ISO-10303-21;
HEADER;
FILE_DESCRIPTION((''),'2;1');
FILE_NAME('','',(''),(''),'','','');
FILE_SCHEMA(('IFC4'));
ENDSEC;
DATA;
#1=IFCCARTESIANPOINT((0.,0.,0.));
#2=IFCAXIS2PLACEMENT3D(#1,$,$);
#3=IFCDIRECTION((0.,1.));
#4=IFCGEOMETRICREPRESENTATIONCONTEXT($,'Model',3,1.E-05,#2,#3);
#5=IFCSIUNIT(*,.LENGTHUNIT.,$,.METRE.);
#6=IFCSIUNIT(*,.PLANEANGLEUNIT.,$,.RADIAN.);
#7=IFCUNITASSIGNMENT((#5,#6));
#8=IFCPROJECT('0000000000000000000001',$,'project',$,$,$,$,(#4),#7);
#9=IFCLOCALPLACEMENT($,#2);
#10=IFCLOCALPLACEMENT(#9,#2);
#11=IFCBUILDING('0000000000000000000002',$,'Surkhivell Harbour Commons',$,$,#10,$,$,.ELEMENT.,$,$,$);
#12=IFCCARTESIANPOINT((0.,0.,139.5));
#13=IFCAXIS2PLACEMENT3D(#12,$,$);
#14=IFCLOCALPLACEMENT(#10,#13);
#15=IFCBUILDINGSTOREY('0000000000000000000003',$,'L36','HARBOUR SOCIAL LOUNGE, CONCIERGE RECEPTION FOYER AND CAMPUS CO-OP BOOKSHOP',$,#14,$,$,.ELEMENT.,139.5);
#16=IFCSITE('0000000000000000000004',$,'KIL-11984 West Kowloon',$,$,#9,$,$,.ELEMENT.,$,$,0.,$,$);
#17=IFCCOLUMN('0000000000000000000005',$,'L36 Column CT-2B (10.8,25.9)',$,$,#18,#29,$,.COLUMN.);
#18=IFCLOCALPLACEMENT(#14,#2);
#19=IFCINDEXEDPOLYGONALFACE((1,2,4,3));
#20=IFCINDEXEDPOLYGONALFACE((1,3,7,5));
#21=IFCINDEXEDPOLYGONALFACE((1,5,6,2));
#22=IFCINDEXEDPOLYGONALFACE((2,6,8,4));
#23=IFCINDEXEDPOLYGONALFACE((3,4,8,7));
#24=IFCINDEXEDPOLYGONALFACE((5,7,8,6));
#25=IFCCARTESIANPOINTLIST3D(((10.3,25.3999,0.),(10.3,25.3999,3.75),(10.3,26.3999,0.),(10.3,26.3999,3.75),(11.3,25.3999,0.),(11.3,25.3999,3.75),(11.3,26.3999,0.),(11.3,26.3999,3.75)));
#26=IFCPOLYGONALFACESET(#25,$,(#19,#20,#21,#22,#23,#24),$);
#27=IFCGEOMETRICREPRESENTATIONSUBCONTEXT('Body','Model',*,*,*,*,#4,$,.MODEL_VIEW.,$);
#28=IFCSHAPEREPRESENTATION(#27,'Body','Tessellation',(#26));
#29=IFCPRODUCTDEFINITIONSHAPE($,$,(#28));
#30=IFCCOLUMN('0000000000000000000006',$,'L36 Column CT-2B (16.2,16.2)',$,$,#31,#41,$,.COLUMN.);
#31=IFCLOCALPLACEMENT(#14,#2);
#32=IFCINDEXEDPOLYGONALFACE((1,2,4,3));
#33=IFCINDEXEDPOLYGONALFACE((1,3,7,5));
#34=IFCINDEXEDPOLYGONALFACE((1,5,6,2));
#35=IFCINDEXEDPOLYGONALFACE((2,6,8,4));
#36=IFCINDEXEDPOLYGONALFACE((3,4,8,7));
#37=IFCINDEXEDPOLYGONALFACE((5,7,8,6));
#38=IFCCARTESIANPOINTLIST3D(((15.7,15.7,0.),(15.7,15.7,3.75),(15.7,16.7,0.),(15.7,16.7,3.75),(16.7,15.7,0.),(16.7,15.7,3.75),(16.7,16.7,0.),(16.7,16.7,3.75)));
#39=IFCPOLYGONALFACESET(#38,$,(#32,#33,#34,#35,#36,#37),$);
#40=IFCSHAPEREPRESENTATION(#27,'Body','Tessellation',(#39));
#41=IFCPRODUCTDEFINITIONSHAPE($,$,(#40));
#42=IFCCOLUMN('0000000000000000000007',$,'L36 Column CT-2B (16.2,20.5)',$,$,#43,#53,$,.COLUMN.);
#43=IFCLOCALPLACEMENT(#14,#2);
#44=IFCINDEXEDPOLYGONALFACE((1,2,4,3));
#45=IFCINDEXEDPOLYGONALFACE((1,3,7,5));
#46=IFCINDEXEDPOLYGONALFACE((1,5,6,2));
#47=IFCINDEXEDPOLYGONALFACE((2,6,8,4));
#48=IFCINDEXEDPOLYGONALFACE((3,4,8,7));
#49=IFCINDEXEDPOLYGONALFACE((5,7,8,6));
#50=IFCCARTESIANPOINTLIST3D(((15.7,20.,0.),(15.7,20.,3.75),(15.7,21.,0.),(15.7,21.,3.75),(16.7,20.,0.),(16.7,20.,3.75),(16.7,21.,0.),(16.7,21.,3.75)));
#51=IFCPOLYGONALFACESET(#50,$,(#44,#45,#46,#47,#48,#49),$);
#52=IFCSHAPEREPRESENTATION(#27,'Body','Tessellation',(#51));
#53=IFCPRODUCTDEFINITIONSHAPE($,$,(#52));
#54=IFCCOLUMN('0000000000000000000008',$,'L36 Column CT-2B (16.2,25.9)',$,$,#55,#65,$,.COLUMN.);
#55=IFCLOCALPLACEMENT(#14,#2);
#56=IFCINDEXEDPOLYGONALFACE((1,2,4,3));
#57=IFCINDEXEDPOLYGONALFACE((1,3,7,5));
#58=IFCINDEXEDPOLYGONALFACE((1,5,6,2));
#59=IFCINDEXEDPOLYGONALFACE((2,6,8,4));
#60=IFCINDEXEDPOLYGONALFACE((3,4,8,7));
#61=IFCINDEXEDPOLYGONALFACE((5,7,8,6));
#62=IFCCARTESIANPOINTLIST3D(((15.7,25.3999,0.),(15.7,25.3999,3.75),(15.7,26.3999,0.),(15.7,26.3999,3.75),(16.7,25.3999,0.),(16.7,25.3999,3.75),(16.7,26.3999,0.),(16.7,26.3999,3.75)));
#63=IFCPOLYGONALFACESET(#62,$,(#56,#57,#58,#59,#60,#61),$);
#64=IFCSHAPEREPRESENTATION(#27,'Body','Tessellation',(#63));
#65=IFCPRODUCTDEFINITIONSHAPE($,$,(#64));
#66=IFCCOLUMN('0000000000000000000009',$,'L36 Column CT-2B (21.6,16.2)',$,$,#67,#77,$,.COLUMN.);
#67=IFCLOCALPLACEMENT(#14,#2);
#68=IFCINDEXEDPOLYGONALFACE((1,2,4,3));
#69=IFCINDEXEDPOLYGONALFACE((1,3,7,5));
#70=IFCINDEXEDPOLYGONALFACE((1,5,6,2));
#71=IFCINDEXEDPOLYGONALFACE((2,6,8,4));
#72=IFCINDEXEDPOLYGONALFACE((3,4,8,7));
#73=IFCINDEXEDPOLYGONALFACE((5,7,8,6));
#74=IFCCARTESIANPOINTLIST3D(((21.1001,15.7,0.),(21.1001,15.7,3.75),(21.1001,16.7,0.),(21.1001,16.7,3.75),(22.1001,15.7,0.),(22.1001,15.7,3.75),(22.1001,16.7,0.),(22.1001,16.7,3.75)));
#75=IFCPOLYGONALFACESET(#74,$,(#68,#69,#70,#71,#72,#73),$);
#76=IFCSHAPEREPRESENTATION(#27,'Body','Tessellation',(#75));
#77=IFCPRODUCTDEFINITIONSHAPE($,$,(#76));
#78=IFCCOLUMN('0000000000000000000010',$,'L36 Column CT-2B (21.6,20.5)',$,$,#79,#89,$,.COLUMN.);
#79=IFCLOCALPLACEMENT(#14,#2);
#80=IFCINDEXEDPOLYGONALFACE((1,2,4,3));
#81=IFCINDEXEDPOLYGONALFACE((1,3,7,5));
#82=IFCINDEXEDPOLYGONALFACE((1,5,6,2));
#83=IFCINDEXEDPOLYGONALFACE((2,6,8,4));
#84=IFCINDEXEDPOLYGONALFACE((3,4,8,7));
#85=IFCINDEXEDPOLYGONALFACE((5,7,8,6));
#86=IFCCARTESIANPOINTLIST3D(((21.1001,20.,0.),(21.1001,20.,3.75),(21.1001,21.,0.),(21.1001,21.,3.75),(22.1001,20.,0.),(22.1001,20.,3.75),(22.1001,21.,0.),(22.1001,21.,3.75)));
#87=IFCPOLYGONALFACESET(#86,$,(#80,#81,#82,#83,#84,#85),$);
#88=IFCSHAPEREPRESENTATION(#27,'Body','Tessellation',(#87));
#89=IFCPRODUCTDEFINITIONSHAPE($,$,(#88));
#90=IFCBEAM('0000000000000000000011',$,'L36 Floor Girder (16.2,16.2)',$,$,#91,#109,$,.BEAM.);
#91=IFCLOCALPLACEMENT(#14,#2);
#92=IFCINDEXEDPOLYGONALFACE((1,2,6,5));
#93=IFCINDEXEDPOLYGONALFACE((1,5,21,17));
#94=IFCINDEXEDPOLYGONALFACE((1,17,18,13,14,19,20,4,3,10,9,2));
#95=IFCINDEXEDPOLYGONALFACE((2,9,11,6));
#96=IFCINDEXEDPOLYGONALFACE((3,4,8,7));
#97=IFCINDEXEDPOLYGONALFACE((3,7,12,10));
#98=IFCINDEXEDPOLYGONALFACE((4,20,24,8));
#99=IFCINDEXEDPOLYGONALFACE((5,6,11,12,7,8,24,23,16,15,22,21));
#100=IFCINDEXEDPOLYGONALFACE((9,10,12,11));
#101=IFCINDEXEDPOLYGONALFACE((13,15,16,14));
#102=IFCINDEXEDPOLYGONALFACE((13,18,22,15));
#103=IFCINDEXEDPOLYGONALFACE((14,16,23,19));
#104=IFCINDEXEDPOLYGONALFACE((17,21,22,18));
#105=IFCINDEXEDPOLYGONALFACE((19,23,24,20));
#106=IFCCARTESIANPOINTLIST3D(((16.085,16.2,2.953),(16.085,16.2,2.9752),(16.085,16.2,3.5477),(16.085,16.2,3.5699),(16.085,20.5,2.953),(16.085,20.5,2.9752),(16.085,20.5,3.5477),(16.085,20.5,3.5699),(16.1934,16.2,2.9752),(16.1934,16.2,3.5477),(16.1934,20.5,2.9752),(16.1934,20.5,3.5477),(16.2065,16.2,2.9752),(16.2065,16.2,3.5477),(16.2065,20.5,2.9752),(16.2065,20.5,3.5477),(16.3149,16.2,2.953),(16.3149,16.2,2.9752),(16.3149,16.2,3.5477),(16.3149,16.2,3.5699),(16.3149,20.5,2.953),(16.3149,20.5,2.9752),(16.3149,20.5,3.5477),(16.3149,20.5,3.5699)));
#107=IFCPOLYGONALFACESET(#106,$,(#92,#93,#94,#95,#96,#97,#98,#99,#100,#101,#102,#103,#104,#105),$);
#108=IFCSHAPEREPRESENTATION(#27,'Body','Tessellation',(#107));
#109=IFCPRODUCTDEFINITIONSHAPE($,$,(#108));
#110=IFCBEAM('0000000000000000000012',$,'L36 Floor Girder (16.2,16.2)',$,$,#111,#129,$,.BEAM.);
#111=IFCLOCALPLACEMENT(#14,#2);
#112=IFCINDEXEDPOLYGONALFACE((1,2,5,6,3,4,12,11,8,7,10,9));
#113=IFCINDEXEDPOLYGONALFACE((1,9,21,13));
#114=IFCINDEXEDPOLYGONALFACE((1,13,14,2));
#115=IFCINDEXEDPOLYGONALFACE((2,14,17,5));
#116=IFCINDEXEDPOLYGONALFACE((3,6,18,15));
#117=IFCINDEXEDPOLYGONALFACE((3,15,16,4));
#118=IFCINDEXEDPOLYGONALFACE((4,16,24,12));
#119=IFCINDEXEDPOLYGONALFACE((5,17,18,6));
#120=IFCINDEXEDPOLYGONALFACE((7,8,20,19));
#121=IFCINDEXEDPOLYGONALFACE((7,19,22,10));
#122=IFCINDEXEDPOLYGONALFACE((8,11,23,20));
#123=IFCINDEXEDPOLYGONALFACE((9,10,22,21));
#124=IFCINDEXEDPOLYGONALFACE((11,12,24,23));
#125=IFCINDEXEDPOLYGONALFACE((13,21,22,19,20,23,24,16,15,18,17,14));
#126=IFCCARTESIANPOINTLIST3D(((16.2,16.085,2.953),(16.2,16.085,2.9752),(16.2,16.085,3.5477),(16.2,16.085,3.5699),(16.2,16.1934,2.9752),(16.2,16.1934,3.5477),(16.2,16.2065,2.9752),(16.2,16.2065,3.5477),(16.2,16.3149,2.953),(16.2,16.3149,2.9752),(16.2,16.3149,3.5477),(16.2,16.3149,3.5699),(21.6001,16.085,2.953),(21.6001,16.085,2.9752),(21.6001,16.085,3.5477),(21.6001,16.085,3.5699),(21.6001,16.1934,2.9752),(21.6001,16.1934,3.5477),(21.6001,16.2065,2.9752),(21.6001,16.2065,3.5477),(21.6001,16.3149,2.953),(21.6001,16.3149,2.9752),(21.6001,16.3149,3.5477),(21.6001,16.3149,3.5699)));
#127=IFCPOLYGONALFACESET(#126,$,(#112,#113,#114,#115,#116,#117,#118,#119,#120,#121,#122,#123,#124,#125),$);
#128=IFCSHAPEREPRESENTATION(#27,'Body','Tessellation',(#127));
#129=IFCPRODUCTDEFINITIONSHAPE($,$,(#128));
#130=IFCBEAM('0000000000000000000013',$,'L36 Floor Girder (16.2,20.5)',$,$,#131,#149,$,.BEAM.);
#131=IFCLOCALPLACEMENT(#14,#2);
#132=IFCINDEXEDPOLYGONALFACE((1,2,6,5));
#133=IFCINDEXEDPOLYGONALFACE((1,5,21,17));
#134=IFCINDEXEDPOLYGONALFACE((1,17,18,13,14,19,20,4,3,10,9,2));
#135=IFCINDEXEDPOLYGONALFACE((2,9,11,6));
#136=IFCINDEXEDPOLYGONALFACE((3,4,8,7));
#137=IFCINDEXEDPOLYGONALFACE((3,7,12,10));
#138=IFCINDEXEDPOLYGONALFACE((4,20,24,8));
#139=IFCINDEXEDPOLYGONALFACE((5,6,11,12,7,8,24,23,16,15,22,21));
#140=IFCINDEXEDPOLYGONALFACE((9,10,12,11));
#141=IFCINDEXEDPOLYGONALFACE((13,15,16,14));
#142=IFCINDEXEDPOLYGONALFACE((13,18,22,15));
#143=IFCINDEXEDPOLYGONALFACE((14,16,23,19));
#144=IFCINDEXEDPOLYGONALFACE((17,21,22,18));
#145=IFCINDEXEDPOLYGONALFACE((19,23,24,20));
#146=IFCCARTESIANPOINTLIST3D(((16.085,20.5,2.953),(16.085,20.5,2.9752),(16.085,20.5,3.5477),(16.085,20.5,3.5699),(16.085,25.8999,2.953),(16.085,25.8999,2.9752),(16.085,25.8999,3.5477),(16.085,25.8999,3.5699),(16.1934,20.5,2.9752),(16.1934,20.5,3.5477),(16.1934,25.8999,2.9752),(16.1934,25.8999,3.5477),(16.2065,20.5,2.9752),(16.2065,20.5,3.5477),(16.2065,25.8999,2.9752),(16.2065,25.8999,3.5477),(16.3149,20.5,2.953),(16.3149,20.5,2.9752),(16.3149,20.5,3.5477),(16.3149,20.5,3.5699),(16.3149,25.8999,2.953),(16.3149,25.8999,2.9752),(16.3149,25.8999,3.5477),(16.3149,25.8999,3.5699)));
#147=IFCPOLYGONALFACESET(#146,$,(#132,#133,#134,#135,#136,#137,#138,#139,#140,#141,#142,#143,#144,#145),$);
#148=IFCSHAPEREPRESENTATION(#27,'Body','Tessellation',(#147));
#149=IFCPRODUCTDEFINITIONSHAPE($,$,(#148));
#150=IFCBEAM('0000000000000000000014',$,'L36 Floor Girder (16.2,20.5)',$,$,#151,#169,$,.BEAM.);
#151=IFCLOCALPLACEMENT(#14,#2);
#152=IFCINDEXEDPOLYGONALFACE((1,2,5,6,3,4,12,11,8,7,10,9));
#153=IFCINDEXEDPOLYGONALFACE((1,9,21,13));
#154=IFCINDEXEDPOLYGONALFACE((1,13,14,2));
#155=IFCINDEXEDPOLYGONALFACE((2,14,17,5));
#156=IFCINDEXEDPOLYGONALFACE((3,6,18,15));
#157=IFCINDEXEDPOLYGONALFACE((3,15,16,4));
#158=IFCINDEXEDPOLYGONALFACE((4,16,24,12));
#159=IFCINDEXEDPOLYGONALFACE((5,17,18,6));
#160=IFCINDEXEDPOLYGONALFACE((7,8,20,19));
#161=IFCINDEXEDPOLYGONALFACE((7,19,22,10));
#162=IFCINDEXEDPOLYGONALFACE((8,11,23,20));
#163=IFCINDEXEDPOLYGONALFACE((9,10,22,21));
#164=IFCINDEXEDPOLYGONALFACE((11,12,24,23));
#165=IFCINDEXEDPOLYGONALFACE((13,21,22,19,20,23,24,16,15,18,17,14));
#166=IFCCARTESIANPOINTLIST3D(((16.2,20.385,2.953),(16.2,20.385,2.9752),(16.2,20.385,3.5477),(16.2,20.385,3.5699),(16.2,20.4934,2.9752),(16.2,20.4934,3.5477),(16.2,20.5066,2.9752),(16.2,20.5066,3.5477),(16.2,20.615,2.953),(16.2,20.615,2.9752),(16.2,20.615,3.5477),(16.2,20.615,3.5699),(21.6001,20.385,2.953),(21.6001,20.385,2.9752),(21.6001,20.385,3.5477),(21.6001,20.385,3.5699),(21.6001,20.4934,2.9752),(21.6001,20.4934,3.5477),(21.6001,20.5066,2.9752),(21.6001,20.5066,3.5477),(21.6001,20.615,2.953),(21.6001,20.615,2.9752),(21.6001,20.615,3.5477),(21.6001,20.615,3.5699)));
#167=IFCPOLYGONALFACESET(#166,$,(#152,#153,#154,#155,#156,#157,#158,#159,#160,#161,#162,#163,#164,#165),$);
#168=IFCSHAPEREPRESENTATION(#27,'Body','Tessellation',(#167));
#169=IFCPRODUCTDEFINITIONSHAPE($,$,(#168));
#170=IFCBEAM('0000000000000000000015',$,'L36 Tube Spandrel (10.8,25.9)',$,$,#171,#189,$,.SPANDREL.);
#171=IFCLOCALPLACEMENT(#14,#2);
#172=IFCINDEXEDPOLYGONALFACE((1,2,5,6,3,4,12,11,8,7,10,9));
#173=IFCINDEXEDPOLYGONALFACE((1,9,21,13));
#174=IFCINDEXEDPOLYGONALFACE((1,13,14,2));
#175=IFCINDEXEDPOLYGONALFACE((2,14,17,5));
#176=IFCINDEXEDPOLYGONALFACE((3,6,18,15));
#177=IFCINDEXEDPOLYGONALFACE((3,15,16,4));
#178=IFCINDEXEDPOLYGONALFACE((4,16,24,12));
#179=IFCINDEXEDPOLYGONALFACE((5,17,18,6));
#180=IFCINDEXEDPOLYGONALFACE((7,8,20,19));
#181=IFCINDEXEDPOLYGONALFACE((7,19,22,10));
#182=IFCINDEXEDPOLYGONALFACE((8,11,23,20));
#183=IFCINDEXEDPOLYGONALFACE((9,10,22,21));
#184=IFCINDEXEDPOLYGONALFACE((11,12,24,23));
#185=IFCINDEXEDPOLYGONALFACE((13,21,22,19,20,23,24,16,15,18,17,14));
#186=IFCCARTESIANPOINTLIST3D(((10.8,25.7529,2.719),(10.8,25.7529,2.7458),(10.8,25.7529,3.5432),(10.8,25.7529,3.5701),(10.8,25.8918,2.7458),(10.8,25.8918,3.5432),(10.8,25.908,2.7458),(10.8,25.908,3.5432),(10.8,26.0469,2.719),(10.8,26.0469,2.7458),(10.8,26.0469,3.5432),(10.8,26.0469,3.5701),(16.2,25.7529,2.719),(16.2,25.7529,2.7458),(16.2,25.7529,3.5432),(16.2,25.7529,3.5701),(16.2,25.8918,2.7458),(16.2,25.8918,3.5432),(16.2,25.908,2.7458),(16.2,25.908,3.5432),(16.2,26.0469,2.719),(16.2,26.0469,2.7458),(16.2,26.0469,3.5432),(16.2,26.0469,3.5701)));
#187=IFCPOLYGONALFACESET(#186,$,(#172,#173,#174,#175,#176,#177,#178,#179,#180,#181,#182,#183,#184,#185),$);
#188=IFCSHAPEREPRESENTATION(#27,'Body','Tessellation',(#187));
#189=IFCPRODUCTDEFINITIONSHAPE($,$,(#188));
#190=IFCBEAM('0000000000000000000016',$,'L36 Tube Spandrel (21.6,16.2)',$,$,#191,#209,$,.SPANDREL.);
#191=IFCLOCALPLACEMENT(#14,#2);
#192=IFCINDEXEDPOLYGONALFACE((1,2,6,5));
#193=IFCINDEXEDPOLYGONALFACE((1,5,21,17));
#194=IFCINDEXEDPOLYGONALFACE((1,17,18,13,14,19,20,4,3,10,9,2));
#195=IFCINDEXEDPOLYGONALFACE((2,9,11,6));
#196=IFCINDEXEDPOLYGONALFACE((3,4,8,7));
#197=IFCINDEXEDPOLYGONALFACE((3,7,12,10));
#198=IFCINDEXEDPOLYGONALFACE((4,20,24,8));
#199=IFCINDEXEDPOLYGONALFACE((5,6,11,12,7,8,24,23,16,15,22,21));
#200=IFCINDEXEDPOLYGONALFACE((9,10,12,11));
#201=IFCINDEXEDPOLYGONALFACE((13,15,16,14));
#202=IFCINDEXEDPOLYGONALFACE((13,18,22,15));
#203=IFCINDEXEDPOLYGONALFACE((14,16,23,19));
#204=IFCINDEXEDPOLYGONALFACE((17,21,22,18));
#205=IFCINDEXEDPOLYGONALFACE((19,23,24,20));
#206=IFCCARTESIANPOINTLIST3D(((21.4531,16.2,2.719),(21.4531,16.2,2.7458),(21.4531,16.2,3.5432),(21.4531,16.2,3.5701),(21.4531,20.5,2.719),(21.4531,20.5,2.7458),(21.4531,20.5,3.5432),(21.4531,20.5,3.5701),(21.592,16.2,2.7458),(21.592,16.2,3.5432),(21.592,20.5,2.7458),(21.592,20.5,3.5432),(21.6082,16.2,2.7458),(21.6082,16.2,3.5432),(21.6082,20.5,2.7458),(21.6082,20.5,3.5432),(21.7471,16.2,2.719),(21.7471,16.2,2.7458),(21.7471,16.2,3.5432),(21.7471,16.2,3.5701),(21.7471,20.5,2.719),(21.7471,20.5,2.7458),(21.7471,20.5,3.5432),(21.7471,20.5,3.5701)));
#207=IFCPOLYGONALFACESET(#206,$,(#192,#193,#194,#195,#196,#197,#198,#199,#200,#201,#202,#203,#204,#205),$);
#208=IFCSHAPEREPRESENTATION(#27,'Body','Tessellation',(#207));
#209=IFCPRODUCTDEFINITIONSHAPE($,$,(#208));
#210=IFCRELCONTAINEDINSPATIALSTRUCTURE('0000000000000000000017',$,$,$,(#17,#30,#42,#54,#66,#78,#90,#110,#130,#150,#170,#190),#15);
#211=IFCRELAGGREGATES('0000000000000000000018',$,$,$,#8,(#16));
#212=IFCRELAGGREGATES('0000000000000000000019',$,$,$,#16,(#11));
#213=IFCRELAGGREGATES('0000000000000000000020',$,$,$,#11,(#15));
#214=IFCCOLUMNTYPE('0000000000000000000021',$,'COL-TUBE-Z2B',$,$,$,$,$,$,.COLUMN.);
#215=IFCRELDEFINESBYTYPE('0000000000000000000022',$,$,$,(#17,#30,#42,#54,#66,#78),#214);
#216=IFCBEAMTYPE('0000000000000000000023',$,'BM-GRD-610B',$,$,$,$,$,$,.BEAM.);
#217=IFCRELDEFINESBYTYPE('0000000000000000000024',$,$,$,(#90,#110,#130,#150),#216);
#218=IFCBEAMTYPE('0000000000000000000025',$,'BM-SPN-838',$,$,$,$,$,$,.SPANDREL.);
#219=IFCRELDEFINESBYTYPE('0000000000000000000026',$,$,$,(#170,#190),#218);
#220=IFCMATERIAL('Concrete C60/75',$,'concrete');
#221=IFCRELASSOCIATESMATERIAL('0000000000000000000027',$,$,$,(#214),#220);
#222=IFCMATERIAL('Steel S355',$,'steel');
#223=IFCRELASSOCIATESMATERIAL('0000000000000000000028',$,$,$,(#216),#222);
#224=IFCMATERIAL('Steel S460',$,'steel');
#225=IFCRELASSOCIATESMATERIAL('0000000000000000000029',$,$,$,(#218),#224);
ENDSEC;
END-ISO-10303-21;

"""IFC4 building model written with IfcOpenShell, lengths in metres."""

from ifc_helpers import new_model, si_unit, direction, frame, origin, origin_2d, place, context, subcontext, project, spatial, rectangle, i_section, extrude, material, material_profile, profile_set, type_object, element, save


model = new_model("IFC4")

# Units and contexts
model_context = context("Model", 3, precision=1e-05, world=origin(), true_north=direction((0.0, 1.0)))
body_context = subcontext(model_context, "Body", "Model", "MODEL_VIEW")
ifc_project = project(units=[si_unit("LENGTHUNIT", "METRE"), si_unit("PLANEANGLEUNIT", "RADIAN")], contexts=[model_context])

# Site, building, storey
site_placement = place(None, origin())
site = spatial("IfcSite", under=ifc_project, at=site_placement, Name="KIL-11984 West Kowloon", CompositionType="ELEMENT", RefElevation=0.0)
building_placement = place(site_placement, origin())
building = spatial("IfcBuilding", under=site, at=building_placement, Name="Surkhivell Harbour Commons", CompositionType="ELEMENT")
storey_placement = place(building_placement, frame((0.0, 0.0, 139.5)))
storey = spatial("IfcBuildingStorey", under=building, at=storey_placement, Name="L36", Description="HARBOUR SOCIAL LOUNGE, CONCIERGE RECEPTION FOYER AND CAMPUS CO-OP BOOKSHOP", CompositionType="ELEMENT", Elevation=139.5)

# Columns
ifc_material_1 = material(Name="Concrete C60/75", Category="concrete")
ifc_material_profile_1 = material_profile(ifc_material_1, rectangle(XDim=1.0, YDim=1.0, at=origin_2d()), Name="RC-COL-1000x1000")
ifc_profile_set_1 = profile_set([ifc_material_profile_1], Name="Concrete C60/75")
column_type = type_object("IfcColumnType", Name="COL-TUBE-Z2B", PredefinedType="COLUMN", material=ifc_profile_set_1)
for number, where, z_axis, x_axis, name in (
    (1, (10.8, 25.8999, 0.0), (0.0, 0.0, 1.0), (1.0, 0.0, 0.0), "L36 Column CT-2B (10.8,25.9)"),
    (2, (16.2, 16.2, 0.0), (0.0, 0.0, 1.0), (1.0, 0.0, 0.0), "L36 Column CT-2B (16.2,16.2)"),
    (3, (16.2, 20.5, 0.0), (0.0, 0.0, 1.0), (1.0, 0.0, 0.0), "L36 Column CT-2B (16.2,20.5)"),
    (4, (16.2, 25.8999, 0.0), (0.0, 0.0, 1.0), (1.0, 0.0, 0.0), "L36 Column CT-2B (16.2,25.9)"),
    (5, (21.6001, 16.2, 0.0), (0.0, 0.0, 1.0), (1.0, 0.0, 0.0), "L36 Column CT-2B (21.6,16.2)"),
    (6, (21.6001, 20.5, 0.0), (0.0, 0.0, 1.0), (1.0, 0.0, 0.0), "L36 Column CT-2B (21.6,20.5)"),
):
    element("IfcColumn", number, at=place(storey_placement, frame(where, z_axis=z_axis, x_axis=x_axis)), inside=storey, type_object=column_type, Name=name, PredefinedType="COLUMN", context=body_context, shape_type="SweptSolid", body=[
        extrude(rectangle(XDim=1.0, YDim=1.0, at=origin_2d()), origin(), (0.0, 0.0, 1.0), 3.75),
    ])

# Beams
ifc_material_2 = material(Name="Steel S355", Category="steel")
ifc_material_profile_2 = material_profile(ifc_material_2, i_section(OverallWidth=0.23, OverallDepth=0.6169, WebThickness=0.0132, FlangeThickness=0.0222, at=origin_2d()), Name="UB610x229x140")
ifc_profile_set_2 = profile_set([ifc_material_profile_2], Name="Steel S355")
beam_type_1 = type_object("IfcBeamType", Name="BM-GRD-610B", PredefinedType="BEAM", material=ifc_profile_set_2)
beam_1_placement = place(storey_placement, frame((16.2, 16.2, 3.2615), z_axis=(0.0, 1.0, 0.0), x_axis=(-1.0, 0.0, 0.0)))
element("IfcBeam", 7, at=beam_1_placement, inside=storey, type_object=beam_type_1, Name="L36 Floor Girder (16.2,16.2)", PredefinedType="BEAM", context=body_context, shape_type="SweptSolid", body=[
    extrude(i_section(OverallWidth=0.23, OverallDepth=0.6169, WebThickness=0.0132, FlangeThickness=0.0222, at=origin_2d()), origin(), (0.0, 0.0, 1.0), 4.3),
])
beam_2_placement = place(storey_placement, frame((16.2, 16.2, 3.2615), z_axis=(1.0, 0.0, 0.0), x_axis=(0.0, 1.0, 0.0)))
element("IfcBeam", 8, at=beam_2_placement, inside=storey, type_object=beam_type_1, Name="L36 Floor Girder (16.2,16.2)", PredefinedType="BEAM", context=body_context, shape_type="SweptSolid", body=[
    extrude(i_section(OverallWidth=0.23, OverallDepth=0.6169, WebThickness=0.0132, FlangeThickness=0.0222, at=origin_2d()), origin(), (0.0, 0.0, 1.0), 5.4001),
])
beam_3_placement = place(storey_placement, frame((16.2, 20.5, 3.2615), z_axis=(0.0, 1.0, 0.0), x_axis=(-1.0, 0.0, 0.0)))
element("IfcBeam", 9, at=beam_3_placement, inside=storey, type_object=beam_type_1, Name="L36 Floor Girder (16.2,20.5)", PredefinedType="BEAM", context=body_context, shape_type="SweptSolid", body=[
    extrude(i_section(OverallWidth=0.23, OverallDepth=0.6169, WebThickness=0.0132, FlangeThickness=0.0222, at=origin_2d()), origin(), (0.0, 0.0, 1.0), 5.3999),
])
beam_4_placement = place(storey_placement, frame((16.2, 20.5, 3.2615), z_axis=(1.0, 0.0, 0.0), x_axis=(0.0, 1.0, 0.0)))
element("IfcBeam", 10, at=beam_4_placement, inside=storey, type_object=beam_type_1, Name="L36 Floor Girder (16.2,20.5)", PredefinedType="BEAM", context=body_context, shape_type="SweptSolid", body=[
    extrude(i_section(OverallWidth=0.23, OverallDepth=0.6169, WebThickness=0.0132, FlangeThickness=0.0222, at=origin_2d()), origin(), (0.0, 0.0, 1.0), 5.4001),
])
ifc_material_3 = material(Name="Steel S460", Category="steel")
ifc_material_profile_3 = material_profile(ifc_material_3, i_section(OverallWidth=0.2939, OverallDepth=0.8511, WebThickness=0.0161, FlangeThickness=0.0269, at=origin_2d()), Name="UB838x292x226")
ifc_profile_set_3 = profile_set([ifc_material_profile_3], Name="Steel S460")
beam_type_2 = type_object("IfcBeamType", Name="BM-SPN-838", PredefinedType="SPANDREL", material=ifc_profile_set_3)
beam_5_placement = place(storey_placement, frame((10.8, 25.8999, 3.1445), z_axis=(1.0, 0.0, 0.0), x_axis=(0.0, 1.0, 0.0)))
element("IfcBeam", 11, at=beam_5_placement, inside=storey, type_object=beam_type_2, Name="L36 Tube Spandrel (10.8,25.9)", PredefinedType="SPANDREL", context=body_context, shape_type="SweptSolid", body=[
    extrude(i_section(OverallWidth=0.2939, OverallDepth=0.8511, WebThickness=0.0161, FlangeThickness=0.0269, at=origin_2d()), origin(), (0.0, 0.0, 1.0), 5.3999),
])
beam_6_placement = place(storey_placement, frame((21.6001, 16.2, 3.1445), z_axis=(0.0, 1.0, 0.0), x_axis=(-1.0, 0.0, 0.0)))
element("IfcBeam", 12, at=beam_6_placement, inside=storey, type_object=beam_type_2, Name="L36 Tube Spandrel (21.6,16.2)", PredefinedType="SPANDREL", context=body_context, shape_type="SweptSolid", body=[
    extrude(i_section(OverallWidth=0.2939, OverallDepth=0.8511, WebThickness=0.0161, FlangeThickness=0.0269, at=origin_2d()), origin(), (0.0, 0.0, 1.0), 4.3),
])

save(model, "model.ifc")
